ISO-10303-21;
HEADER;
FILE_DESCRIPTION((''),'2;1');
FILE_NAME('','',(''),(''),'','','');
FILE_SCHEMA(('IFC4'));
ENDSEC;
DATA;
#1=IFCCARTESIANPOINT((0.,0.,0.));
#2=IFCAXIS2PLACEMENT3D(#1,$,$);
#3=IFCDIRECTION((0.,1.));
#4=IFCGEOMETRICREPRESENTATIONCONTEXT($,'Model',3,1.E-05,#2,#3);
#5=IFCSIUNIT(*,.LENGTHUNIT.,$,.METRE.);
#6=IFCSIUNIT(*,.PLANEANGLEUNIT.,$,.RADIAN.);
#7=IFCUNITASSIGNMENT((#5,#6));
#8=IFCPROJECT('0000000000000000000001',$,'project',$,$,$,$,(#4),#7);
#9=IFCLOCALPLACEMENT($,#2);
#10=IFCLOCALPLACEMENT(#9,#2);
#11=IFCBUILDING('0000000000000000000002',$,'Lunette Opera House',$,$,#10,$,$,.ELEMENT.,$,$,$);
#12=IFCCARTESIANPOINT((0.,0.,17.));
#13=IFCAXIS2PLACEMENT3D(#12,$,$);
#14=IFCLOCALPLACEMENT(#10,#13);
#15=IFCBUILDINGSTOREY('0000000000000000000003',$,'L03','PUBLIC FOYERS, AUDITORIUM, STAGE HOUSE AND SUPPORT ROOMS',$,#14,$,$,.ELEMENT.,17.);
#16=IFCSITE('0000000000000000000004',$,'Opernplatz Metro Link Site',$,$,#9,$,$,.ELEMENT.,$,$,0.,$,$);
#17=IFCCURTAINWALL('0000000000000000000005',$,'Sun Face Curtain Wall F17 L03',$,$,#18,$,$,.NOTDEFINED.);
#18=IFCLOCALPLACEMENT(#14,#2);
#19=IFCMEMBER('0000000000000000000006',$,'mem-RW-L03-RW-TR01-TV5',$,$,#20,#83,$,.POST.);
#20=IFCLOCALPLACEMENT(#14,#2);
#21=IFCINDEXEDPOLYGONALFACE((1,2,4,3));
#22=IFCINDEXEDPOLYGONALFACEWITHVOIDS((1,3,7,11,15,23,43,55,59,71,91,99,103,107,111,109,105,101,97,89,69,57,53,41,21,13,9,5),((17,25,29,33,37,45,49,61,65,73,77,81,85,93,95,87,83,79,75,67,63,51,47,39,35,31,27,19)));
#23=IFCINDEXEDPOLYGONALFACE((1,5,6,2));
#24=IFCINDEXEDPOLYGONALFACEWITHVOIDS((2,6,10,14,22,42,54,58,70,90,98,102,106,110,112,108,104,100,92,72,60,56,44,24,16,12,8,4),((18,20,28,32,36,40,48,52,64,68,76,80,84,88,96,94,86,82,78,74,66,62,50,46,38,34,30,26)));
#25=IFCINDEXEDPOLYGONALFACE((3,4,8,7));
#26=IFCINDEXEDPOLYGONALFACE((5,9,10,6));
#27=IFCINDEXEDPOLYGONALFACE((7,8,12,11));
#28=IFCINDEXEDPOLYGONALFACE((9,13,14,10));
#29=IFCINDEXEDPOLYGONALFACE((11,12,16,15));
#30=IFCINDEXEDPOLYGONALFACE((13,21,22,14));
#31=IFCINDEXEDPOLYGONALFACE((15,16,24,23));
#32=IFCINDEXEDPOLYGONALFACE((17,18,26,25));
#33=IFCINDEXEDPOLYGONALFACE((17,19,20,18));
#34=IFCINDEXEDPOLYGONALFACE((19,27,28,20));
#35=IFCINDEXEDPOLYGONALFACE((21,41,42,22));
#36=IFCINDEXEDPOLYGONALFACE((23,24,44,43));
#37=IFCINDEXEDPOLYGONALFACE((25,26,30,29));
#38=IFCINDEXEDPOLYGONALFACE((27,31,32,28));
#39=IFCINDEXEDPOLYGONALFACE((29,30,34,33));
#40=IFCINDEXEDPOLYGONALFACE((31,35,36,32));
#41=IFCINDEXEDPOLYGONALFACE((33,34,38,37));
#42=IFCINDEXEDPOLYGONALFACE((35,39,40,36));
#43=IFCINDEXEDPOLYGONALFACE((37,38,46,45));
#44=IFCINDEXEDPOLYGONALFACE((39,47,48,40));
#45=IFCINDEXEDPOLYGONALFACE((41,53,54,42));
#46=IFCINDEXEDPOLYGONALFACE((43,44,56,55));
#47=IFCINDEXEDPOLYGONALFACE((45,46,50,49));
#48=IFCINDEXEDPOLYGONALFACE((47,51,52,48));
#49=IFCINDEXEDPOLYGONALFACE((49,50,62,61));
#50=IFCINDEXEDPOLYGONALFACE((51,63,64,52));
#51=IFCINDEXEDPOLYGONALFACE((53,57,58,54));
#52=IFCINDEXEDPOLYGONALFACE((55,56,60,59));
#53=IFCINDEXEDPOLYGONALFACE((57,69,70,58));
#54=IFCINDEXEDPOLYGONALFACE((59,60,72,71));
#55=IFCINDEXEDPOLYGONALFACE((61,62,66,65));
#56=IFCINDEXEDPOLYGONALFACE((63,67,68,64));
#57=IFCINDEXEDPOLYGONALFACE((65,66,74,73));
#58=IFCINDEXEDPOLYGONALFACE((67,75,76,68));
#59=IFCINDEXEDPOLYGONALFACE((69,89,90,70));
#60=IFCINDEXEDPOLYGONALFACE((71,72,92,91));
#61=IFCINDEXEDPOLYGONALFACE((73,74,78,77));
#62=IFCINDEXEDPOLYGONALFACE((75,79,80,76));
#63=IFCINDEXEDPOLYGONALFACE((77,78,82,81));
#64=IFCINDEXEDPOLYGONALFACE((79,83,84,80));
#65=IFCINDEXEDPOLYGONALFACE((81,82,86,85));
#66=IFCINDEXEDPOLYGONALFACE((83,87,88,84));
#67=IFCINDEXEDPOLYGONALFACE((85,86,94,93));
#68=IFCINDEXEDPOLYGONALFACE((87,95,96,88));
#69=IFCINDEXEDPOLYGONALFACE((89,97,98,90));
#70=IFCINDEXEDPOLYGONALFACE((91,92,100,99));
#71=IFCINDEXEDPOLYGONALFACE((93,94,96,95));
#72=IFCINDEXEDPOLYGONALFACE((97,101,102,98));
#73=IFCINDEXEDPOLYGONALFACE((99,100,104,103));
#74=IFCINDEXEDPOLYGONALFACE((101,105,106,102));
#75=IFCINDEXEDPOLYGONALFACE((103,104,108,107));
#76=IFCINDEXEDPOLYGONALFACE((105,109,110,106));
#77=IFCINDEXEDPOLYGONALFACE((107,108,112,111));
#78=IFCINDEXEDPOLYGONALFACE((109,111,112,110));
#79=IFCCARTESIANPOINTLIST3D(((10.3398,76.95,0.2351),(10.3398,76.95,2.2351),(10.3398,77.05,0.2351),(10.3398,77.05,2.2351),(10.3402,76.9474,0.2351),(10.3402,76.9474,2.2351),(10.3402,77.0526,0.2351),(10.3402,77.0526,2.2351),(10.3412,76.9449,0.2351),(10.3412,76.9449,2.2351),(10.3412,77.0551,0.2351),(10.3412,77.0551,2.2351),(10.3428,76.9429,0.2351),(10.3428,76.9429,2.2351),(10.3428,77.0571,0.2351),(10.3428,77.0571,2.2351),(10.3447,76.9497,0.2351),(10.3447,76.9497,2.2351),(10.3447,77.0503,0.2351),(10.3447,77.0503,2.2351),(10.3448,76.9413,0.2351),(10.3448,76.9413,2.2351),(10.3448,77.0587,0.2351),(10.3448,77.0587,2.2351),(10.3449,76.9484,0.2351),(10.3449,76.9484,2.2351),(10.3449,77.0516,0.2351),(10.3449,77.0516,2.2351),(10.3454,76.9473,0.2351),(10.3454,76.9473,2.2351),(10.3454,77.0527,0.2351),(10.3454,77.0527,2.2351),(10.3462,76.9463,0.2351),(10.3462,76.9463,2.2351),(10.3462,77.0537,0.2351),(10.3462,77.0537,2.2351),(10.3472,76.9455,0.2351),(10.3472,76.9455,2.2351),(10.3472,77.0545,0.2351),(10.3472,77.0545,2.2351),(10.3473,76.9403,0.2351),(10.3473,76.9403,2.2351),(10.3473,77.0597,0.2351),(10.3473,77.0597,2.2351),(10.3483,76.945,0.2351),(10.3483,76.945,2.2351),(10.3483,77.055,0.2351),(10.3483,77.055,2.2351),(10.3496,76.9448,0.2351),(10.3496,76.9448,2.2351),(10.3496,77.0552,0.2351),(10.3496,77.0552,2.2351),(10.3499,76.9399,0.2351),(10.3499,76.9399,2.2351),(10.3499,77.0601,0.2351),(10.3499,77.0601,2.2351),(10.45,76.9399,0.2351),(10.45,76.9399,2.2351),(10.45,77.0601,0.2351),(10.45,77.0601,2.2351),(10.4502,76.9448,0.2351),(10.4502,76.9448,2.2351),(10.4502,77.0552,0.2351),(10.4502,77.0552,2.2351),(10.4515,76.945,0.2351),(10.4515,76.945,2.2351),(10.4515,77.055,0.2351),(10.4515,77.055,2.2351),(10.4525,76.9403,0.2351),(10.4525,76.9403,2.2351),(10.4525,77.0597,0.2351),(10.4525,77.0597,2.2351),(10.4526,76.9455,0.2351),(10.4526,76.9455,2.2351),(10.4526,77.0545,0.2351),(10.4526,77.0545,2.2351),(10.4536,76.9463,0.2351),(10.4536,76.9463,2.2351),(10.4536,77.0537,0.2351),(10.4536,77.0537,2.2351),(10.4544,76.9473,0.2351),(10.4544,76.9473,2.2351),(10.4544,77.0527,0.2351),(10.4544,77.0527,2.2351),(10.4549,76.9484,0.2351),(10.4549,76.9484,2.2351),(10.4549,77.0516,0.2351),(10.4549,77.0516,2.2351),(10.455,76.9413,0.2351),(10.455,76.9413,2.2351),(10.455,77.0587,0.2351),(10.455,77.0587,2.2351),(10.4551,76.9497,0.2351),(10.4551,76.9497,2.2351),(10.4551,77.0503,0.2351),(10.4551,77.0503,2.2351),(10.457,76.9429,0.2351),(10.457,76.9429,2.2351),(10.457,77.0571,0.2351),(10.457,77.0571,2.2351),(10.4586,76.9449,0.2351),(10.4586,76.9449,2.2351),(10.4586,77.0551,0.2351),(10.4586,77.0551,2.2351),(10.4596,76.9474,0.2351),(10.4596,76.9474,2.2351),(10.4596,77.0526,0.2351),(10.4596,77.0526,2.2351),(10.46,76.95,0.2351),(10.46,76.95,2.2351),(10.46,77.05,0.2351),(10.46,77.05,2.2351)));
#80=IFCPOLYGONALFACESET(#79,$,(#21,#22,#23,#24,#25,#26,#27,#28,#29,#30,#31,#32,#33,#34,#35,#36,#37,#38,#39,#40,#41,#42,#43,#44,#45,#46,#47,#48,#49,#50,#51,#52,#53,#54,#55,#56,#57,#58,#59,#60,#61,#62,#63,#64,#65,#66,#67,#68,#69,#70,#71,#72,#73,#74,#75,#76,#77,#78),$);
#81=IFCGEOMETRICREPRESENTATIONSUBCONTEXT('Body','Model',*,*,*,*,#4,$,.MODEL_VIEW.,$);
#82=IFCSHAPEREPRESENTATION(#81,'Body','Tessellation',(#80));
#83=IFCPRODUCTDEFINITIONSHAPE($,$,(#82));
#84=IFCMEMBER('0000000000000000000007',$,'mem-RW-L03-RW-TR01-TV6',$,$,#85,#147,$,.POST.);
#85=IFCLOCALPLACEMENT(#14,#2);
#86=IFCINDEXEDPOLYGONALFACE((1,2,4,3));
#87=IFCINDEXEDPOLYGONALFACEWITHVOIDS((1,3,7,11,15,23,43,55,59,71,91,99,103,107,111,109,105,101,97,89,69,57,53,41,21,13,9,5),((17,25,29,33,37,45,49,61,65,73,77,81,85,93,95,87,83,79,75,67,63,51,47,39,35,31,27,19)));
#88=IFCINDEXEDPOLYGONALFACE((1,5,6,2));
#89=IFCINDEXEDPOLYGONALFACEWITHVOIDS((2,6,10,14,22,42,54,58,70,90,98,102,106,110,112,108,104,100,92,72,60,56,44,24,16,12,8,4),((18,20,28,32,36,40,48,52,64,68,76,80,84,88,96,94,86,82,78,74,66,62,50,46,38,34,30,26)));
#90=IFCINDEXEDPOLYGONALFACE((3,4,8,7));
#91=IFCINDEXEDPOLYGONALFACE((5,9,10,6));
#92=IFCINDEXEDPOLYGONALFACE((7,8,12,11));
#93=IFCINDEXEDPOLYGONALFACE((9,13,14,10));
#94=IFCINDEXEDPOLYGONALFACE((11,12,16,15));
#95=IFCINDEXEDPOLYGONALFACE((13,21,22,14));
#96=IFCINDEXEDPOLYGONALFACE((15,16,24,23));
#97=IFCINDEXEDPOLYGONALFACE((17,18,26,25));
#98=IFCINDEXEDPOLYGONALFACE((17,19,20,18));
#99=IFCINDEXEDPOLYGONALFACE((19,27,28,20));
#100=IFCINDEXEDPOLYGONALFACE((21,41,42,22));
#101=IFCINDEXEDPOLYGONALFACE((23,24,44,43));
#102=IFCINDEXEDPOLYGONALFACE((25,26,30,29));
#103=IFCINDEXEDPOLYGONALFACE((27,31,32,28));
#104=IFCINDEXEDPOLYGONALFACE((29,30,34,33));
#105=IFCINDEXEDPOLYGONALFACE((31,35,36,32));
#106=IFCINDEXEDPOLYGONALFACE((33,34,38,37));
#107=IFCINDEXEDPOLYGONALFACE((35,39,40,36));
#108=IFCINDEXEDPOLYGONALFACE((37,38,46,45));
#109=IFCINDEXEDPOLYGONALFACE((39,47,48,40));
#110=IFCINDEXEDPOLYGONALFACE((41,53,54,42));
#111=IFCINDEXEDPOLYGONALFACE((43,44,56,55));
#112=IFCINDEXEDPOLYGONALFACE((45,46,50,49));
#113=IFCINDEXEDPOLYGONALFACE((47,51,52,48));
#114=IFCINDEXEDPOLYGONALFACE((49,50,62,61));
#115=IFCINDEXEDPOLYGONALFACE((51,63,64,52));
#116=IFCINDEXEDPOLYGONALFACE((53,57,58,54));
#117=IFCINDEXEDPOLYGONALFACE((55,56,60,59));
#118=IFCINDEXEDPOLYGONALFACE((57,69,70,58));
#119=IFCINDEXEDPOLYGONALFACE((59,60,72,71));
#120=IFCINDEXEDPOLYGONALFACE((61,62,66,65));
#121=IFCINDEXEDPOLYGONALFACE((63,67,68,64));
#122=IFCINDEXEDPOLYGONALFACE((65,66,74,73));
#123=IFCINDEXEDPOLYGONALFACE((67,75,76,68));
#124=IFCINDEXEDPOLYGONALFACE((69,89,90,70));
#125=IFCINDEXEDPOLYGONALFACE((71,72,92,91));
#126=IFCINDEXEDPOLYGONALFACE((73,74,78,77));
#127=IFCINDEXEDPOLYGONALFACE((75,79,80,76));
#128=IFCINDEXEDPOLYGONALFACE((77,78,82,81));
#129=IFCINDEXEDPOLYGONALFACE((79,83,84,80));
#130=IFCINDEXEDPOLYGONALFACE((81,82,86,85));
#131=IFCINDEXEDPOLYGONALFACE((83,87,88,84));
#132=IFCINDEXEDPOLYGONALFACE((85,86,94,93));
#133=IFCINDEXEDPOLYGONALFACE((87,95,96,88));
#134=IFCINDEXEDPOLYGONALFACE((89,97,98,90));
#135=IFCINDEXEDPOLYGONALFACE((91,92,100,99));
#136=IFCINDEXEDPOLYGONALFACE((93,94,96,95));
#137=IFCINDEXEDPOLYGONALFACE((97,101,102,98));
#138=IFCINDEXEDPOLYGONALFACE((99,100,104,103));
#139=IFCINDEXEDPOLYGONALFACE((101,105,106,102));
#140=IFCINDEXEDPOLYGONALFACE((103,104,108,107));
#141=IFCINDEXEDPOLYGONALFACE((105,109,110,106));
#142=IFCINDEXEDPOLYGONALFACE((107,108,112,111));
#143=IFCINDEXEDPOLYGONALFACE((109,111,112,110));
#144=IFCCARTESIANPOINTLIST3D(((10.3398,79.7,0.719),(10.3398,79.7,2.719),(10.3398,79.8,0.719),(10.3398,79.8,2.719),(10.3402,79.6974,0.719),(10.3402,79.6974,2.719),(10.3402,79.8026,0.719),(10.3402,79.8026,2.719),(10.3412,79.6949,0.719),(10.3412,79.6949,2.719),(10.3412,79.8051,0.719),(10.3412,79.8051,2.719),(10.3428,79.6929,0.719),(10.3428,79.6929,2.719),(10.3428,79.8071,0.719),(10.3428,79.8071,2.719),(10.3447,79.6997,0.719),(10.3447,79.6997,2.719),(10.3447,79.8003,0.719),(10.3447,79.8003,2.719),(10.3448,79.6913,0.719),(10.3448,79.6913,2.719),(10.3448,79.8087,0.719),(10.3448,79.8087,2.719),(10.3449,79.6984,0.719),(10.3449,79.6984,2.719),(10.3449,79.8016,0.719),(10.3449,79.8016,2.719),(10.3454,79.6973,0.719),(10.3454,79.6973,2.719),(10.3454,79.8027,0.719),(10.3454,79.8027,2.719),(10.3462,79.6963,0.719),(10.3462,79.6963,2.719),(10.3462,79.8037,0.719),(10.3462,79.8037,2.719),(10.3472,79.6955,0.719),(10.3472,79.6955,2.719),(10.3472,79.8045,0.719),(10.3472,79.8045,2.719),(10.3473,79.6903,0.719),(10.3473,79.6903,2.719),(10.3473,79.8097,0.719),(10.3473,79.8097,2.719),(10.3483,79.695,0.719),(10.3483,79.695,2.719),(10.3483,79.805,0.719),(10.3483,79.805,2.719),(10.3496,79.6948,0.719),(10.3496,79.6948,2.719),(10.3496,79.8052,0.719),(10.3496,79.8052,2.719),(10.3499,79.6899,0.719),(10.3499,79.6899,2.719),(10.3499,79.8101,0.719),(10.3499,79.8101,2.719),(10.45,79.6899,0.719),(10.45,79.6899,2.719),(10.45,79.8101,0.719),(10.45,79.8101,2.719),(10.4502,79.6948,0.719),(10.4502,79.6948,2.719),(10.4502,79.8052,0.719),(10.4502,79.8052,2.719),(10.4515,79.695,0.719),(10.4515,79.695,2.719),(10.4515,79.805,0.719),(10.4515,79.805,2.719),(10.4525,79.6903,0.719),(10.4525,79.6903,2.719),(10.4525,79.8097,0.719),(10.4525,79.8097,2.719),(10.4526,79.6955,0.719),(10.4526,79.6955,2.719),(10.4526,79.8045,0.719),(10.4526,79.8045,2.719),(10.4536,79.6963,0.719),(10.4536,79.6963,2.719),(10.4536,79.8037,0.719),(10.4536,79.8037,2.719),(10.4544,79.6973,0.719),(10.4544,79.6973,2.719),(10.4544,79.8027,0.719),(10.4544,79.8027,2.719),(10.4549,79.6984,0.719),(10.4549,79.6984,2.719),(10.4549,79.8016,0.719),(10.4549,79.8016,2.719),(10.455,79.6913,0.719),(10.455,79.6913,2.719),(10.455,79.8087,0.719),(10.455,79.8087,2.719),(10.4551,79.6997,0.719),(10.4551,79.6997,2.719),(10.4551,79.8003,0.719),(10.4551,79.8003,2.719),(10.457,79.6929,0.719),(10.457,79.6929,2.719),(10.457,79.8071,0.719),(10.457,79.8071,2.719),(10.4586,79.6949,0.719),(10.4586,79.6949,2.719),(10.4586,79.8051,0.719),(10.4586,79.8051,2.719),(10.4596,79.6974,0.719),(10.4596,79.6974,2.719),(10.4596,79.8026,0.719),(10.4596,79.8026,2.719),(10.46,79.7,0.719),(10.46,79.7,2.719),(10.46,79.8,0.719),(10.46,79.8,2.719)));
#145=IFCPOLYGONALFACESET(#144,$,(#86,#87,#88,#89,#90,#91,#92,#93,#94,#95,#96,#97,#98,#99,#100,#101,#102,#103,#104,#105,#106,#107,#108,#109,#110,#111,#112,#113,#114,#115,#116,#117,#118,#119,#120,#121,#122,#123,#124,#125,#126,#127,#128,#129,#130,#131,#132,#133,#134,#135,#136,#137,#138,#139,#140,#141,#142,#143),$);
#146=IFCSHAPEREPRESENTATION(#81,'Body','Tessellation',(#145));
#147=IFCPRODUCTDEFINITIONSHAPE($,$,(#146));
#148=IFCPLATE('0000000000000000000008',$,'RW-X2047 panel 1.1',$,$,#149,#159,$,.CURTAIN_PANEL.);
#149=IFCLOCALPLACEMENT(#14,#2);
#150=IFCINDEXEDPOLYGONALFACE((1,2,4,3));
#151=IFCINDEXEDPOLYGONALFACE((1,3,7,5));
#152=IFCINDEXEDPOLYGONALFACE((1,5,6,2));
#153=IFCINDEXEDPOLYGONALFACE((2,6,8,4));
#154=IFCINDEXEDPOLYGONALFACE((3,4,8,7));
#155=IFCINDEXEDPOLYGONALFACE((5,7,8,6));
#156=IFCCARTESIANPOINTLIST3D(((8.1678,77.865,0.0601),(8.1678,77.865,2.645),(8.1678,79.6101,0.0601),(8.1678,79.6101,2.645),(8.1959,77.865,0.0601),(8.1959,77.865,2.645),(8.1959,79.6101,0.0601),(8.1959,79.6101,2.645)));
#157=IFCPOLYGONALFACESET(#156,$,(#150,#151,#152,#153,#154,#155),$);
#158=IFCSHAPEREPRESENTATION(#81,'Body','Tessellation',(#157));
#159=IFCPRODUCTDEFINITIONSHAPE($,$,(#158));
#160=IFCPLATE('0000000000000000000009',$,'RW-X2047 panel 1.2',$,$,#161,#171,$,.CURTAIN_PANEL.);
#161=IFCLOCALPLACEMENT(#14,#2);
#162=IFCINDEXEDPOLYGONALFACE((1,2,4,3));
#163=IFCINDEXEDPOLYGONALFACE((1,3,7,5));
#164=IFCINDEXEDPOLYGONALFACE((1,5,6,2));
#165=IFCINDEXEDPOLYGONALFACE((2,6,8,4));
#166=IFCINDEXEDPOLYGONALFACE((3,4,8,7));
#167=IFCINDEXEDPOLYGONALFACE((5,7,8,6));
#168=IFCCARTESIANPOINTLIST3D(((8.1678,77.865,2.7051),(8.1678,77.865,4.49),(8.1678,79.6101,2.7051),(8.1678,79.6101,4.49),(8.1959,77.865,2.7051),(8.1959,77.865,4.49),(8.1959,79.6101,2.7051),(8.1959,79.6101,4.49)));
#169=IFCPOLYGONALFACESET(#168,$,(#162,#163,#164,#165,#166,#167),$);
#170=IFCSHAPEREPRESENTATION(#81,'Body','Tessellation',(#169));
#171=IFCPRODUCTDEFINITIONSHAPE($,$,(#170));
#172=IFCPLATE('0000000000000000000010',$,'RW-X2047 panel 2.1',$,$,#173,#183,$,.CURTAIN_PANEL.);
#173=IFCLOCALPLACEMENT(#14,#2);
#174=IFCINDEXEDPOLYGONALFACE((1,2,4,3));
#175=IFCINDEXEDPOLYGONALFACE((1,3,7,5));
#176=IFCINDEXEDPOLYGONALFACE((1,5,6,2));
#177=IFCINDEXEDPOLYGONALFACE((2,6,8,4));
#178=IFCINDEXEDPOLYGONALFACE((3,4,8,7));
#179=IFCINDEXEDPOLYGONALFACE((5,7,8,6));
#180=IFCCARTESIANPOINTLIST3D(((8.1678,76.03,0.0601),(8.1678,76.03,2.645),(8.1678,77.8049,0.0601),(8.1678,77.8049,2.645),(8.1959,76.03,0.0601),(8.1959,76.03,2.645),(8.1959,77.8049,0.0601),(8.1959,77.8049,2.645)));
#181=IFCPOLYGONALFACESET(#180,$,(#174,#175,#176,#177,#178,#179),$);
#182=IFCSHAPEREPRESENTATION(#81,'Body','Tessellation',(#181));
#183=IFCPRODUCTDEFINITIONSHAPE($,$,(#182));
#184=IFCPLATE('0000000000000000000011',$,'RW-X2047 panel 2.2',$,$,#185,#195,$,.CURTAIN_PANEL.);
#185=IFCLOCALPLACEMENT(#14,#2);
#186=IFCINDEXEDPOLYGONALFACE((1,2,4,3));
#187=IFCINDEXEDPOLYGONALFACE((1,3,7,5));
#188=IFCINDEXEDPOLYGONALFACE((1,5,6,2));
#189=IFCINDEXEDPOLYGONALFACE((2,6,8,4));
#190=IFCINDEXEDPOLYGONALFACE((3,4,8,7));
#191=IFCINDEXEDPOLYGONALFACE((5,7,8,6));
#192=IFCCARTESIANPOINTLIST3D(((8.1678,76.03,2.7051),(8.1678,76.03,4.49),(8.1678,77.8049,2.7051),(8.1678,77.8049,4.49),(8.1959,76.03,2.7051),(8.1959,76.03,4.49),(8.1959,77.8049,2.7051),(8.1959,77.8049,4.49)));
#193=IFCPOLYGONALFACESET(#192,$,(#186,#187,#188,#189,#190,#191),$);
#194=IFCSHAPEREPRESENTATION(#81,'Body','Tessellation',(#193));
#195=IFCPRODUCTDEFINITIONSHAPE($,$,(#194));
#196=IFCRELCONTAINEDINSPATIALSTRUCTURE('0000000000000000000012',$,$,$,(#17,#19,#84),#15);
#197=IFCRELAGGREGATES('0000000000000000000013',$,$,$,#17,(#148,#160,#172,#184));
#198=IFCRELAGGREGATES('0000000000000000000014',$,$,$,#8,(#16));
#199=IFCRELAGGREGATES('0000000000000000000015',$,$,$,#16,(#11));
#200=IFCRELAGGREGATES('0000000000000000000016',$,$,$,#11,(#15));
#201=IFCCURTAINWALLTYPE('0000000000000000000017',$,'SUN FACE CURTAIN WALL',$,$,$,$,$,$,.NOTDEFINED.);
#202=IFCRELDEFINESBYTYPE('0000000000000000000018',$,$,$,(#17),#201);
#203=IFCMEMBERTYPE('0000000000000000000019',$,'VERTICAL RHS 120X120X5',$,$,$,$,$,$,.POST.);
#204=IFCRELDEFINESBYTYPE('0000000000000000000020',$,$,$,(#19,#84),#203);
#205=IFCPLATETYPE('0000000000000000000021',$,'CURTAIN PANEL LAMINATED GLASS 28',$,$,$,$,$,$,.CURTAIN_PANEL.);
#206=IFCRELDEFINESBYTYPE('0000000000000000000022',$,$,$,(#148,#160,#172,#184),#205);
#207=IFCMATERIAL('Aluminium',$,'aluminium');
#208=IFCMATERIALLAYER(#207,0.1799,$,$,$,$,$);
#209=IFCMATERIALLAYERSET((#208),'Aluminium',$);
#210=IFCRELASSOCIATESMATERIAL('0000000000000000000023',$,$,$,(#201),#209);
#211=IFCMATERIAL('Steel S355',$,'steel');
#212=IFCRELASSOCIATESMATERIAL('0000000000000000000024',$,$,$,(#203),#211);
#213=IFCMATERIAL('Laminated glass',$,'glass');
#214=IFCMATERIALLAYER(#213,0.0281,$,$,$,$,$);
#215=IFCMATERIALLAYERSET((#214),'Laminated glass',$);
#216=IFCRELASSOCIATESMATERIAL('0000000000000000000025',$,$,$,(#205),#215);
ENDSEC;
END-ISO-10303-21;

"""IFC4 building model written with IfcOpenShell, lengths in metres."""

from ifc_helpers import new_model, si_unit, direction, frame, origin, origin_2d, place, context, subcontext, project, spatial, rectangle, hollow_rectangle, extrude, material, layer, layer_set, material_profile, profile_set, type_object, element, aggregate, save


model = new_model("IFC4")

# Units and contexts
model_context = context("Model", 3, precision=1e-05, world=origin(), true_north=direction((0.0, 1.0)))
body_context = subcontext(model_context, "Body", "Model", "MODEL_VIEW")
ifc_project = project(units=[si_unit("LENGTHUNIT", "METRE"), si_unit("PLANEANGLEUNIT", "RADIAN")], contexts=[model_context])

# Site, building, storey
site_placement = place(None, origin())
site = spatial("IfcSite", under=ifc_project, at=site_placement, Name="Opernplatz Metro Link Site", CompositionType="ELEMENT", RefElevation=0.0)
building_placement = place(site_placement, origin())
building = spatial("IfcBuilding", under=site, at=building_placement, Name="Lunette Opera House", CompositionType="ELEMENT")
storey_placement = place(building_placement, frame((0.0, 0.0, 17.0)))
storey = spatial("IfcBuildingStorey", under=building, at=storey_placement, Name="L03", Description="PUBLIC FOYERS, AUDITORIUM, STAGE HOUSE AND SUPPORT ROOMS", CompositionType="ELEMENT", Elevation=17.0)

# Curtain wall
ifc_material_1 = material(Name="Aluminium", Category="aluminium")
ifc_layer_1 = layer(ifc_material_1, 0.1799)
ifc_layer_set_1 = layer_set([ifc_layer_1], Name="Aluminium")
curtain_wall_type = type_object("IfcCurtainWallType", Name="SUN FACE CURTAIN WALL", PredefinedType="NOTDEFINED", material=ifc_layer_set_1)
curtain_wall_placement = place(storey_placement, origin())
curtain_wall = element("IfcCurtainWall", 1, at=curtain_wall_placement, inside=storey, type_object=curtain_wall_type, Name="Sun Face Curtain Wall F17 L03", PredefinedType="NOTDEFINED")

# Members
ifc_material_2 = material(Name="Steel S355", Category="steel")
ifc_material_profile_1 = material_profile(ifc_material_2, hollow_rectangle(XDim=0.1201, YDim=0.1201, WallThickness=0.0049, InnerFilletRadius=0.0049, OuterFilletRadius=0.01, at=origin_2d()), Name="RHS 120X120X5")
ifc_profile_set_1 = profile_set([ifc_material_profile_1], Name="Steel S355")
member_type_1 = type_object("IfcMemberType", Name="VERTICAL RHS 120X120X5", PredefinedType="POST", material=ifc_profile_set_1)
for number, where, z_axis, x_axis, name in (
    (2, (10.3999, 77.0, 0.2351), (0.0, 0.0, 1.0), (1.0, 0.0, 0.0), "mem-RW-L03-RW-TR01-TV5"),
    (3, (10.3999, 79.75, 0.719), (0.0, 0.0, 1.0), (1.0, 0.0, 0.0), "mem-RW-L03-RW-TR01-TV6"),
):
    element("IfcMember", number, at=place(storey_placement, frame(where, z_axis=z_axis, x_axis=x_axis)), inside=storey, type_object=member_type_1, Name=name, PredefinedType="POST", context=body_context, shape_type="SweptSolid", body=[
        extrude(hollow_rectangle(XDim=0.1201, YDim=0.1201, WallThickness=0.0049, InnerFilletRadius=0.0049, OuterFilletRadius=0.01, at=origin_2d()), origin(), (0.0, 0.0, 1.0), 2.0),
    ])

# Plates
ifc_material_3 = material(Name="Laminated glass", Category="glass")
ifc_layer_2 = layer(ifc_material_3, 0.0281)
ifc_layer_set_2 = layer_set([ifc_layer_2], Name="Laminated glass")
plate_type = type_object("IfcPlateType", Name="CURTAIN PANEL LAMINATED GLASS 28", PredefinedType="CURTAIN_PANEL", material=ifc_layer_set_2)
plate_1_placement = place(storey_placement, frame((8.1819, 78.7375, 0.0601), z_axis=(0.0, 0.0, 1.0), x_axis=(0.0, -1.0, 0.0)))
plate_1 = element("IfcPlate", 4, at=plate_1_placement, type_object=plate_type, Name="RW-X2047 panel 1.1", PredefinedType="CURTAIN_PANEL", context=body_context, shape_type="SweptSolid", body=[
    extrude(rectangle(XDim=1.7451, YDim=0.0281, at=origin_2d()), origin(), (0.0, 0.0, 1.0), 2.585),
])
plate_2_placement = place(storey_placement, frame((8.1819, 78.7375, 2.7051), z_axis=(0.0, 0.0, 1.0), x_axis=(0.0, -1.0, 0.0)))
plate_2 = element("IfcPlate", 5, at=plate_2_placement, type_object=plate_type, Name="RW-X2047 panel 1.2", PredefinedType="CURTAIN_PANEL", context=body_context, shape_type="SweptSolid", body=[
    extrude(rectangle(XDim=1.7451, YDim=0.0281, at=origin_2d()), origin(), (0.0, 0.0, 1.0), 1.7849),
])
plate_3_placement = place(storey_placement, frame((8.1819, 76.9175, 0.0601), z_axis=(0.0, 0.0, 1.0), x_axis=(0.0, -1.0, 0.0)))
plate_3 = element("IfcPlate", 6, at=plate_3_placement, type_object=plate_type, Name="RW-X2047 panel 2.1", PredefinedType="CURTAIN_PANEL", context=body_context, shape_type="SweptSolid", body=[
    extrude(rectangle(XDim=1.7749, YDim=0.0281, at=origin_2d()), origin(), (0.0, 0.0, 1.0), 2.585),
])
plate_4_placement = place(storey_placement, frame((8.1819, 76.9175, 2.7051), z_axis=(0.0, 0.0, 1.0), x_axis=(0.0, -1.0, 0.0)))
plate_4 = element("IfcPlate", 7, at=plate_4_placement, type_object=plate_type, Name="RW-X2047 panel 2.2", PredefinedType="CURTAIN_PANEL", context=body_context, shape_type="SweptSolid", body=[
    extrude(rectangle(XDim=1.7749, YDim=0.0281, at=origin_2d()), origin(), (0.0, 0.0, 1.0), 1.7849),
])
aggregate(curtain_wall, [plate_1, plate_2, plate_3, plate_4])

save(model, "model.ifc")
